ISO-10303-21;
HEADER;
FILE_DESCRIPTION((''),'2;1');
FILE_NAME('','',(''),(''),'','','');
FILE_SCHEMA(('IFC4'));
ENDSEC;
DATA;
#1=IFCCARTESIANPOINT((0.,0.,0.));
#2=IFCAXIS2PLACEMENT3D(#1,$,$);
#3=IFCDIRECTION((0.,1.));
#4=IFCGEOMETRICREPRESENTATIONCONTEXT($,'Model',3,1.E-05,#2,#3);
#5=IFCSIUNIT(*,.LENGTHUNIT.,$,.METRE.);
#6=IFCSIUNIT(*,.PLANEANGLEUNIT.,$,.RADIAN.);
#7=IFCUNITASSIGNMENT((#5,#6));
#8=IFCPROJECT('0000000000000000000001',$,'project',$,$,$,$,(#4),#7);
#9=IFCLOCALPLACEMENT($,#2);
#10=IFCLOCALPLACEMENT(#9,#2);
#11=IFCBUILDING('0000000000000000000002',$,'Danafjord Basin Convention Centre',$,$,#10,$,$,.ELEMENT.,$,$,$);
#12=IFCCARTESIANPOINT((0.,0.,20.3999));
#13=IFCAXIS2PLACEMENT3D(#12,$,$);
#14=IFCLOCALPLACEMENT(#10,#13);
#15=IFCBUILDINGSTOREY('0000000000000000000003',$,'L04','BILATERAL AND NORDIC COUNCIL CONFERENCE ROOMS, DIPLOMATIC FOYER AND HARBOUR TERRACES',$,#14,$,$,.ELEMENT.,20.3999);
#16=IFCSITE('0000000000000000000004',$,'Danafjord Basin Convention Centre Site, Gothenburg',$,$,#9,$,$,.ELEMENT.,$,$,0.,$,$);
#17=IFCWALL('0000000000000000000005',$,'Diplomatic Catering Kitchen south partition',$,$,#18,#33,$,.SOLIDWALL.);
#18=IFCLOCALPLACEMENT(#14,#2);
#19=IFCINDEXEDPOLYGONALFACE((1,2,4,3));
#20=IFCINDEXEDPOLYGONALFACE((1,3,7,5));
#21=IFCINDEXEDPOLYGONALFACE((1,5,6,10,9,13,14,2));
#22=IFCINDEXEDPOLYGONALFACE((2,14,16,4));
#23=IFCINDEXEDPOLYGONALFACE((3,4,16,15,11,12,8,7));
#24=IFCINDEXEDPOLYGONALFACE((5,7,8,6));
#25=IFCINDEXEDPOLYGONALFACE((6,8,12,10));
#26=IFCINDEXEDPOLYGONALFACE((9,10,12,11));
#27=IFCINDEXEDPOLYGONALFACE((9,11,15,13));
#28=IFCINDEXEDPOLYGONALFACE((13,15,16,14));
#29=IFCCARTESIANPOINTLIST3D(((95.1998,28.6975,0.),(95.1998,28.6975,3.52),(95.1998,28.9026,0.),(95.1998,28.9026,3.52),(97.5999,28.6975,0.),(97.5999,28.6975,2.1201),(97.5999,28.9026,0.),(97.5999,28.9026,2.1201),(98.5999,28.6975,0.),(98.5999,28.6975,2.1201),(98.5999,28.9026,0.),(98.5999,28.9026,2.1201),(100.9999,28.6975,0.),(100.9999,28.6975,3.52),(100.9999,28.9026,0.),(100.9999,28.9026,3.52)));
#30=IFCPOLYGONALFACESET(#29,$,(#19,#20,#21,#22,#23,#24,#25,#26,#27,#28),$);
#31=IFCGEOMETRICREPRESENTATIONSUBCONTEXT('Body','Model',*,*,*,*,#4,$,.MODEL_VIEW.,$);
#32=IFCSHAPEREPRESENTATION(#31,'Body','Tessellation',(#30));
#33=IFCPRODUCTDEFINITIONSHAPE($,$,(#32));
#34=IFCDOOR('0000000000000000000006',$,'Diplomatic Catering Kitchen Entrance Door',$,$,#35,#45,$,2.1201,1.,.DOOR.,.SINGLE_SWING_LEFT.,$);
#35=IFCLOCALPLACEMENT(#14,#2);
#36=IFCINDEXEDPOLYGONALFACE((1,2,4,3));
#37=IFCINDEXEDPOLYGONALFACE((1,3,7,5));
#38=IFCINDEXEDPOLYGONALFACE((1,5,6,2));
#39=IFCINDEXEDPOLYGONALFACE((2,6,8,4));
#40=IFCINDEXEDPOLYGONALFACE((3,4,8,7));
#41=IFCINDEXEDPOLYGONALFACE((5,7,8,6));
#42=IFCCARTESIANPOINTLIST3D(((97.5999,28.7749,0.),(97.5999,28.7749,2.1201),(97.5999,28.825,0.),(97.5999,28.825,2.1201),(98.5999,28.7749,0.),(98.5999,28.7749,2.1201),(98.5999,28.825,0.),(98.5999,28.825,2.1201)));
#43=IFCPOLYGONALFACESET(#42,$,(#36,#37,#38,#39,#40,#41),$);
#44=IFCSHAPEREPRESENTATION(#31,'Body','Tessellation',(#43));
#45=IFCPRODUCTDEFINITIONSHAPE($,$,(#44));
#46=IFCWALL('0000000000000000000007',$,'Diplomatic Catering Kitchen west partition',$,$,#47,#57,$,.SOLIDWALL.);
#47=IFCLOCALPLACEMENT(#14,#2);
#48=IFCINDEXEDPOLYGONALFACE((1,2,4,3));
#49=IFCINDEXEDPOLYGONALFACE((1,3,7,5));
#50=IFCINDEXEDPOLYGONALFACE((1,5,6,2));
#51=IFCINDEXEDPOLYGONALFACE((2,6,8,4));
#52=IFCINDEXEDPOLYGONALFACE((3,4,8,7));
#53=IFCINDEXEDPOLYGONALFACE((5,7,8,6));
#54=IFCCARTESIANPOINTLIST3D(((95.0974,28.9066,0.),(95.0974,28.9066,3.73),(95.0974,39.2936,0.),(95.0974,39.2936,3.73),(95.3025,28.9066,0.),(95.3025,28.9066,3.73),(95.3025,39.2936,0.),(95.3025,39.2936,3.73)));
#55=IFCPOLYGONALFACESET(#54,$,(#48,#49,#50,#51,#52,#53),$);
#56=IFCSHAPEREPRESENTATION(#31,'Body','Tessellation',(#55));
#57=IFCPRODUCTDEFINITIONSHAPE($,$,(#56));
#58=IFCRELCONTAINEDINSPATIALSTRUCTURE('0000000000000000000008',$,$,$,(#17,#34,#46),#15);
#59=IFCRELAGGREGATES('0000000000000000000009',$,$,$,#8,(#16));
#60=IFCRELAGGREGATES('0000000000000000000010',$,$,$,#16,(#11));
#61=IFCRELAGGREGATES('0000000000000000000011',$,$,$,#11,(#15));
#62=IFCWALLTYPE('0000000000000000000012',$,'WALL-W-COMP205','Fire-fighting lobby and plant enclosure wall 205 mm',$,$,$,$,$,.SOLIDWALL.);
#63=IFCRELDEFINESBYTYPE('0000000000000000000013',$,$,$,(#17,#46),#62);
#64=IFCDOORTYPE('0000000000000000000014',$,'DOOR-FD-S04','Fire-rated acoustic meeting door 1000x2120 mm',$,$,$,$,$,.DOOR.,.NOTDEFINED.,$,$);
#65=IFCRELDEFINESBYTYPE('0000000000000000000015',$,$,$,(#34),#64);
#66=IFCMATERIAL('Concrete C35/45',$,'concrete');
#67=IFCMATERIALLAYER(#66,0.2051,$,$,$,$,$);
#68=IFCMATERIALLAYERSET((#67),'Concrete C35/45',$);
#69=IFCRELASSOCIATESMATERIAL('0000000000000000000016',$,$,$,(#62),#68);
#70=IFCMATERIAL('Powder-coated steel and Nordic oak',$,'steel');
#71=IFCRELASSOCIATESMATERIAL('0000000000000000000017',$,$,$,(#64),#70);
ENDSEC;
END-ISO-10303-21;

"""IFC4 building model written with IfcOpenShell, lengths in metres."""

from ifc_helpers import new_model, si_unit, direction, frame, frame_2d, origin, place, context, subcontext, project, spatial, rectangle, extrude, material, layer, layer_set, type_object, element, fill, save


model = new_model("IFC4")

# Units and contexts
model_context = context("Model", 3, precision=1e-05, world=origin(), true_north=direction((0.0, 1.0)))
body_context = subcontext(model_context, "Body", "Model", "MODEL_VIEW")
ifc_project = project(units=[si_unit("LENGTHUNIT", "METRE"), si_unit("PLANEANGLEUNIT", "RADIAN")], contexts=[model_context])

# Site, building, storey
site_placement = place(None, origin())
site = spatial("IfcSite", under=ifc_project, at=site_placement, Name="Danafjord Basin Convention Centre Site, Gothenburg", CompositionType="ELEMENT", RefElevation=0.0)
building_placement = place(site_placement, origin())
building = spatial("IfcBuilding", under=site, at=building_placement, Name="Danafjord Basin Convention Centre", CompositionType="ELEMENT")
storey_placement = place(building_placement, frame((0.0, 0.0, 20.3999)))
storey = spatial("IfcBuildingStorey", under=building, at=storey_placement, Name="L04", Description="BILATERAL AND NORDIC COUNCIL CONFERENCE ROOMS, DIPLOMATIC FOYER AND HARBOUR TERRACES", CompositionType="ELEMENT", Elevation=20.3999)

# Shared definitions
ifc_material_1 = material(Name="Powder-coated steel and Nordic oak", Category="steel")

# Wall, opening, door
ifc_material_2 = material(Name="Concrete C35/45", Category="concrete")
ifc_layer_1 = layer(ifc_material_2, 0.2051)
ifc_layer_set_1 = layer_set([ifc_layer_1], Name="Concrete C35/45")
wall_type_1 = type_object("IfcWallType", Name="WALL-W-COMP205", Description="Fire-fighting lobby and plant enclosure wall 205 mm", PredefinedType="SOLIDWALL", material=ifc_layer_set_1)
wall_1_placement = place(storey_placement, frame((95.2, 28.8, 0.0), z_axis=(0.0, 0.0, 1.0), x_axis=(1.0, 0.0, 0.0)))
wall_1 = element("IfcWall", 1, at=wall_1_placement, inside=storey, type_object=wall_type_1, Name="Diplomatic Catering Kitchen south partition", PredefinedType="SOLIDWALL", context=body_context, shape_type="SweptSolid", body=[
    extrude(rectangle(XDim=5.8, YDim=0.2051, at=frame_2d((2.8999, 0.0))), origin(), (0.0, 0.0, 1.0), 3.52),
])
opening_1_placement = place(wall_1_placement, frame((2.3999, 0.0, 0.0)))
opening_1 = element("IfcOpeningElement", 2, at=opening_1_placement, cuts=wall_1, PredefinedType="OPENING", context=body_context, shape_type="SweptSolid", body=[
    extrude(rectangle(XDim=1.0, YDim=2.1201, at=frame_2d((0.5, 1.0601))), frame((0.0, 0.1125, 0.0), z_axis=(0.0, -1.0, 0.0), x_axis=(1.0, 0.0, 0.0)), (0.0, 0.0, 1.0), 0.2251),
])
door_type_1 = type_object("IfcDoorType", Name="DOOR-FD-S04", Description="Fire-rated acoustic meeting door 1000x2120 mm", OperationType="NOTDEFINED", PredefinedType="DOOR", material=ifc_material_1)
door_1_placement = place(opening_1_placement, origin())
door_1 = element("IfcDoor", 3, at=door_1_placement, inside=storey, type_object=door_type_1, Name="Diplomatic Catering Kitchen Entrance Door", OperationType="SINGLE_SWING_LEFT", OverallHeight=2.1201, OverallWidth=1.0, PredefinedType="DOOR", context=body_context, shape_type="SweptSolid", body=[
    extrude(rectangle(XDim=1.0, YDim=2.1201, at=frame_2d((0.5, 1.0601))), frame((0.0, 0.0249, 0.0), z_axis=(0.0, -1.0, 0.0), x_axis=(1.0, 0.0, 0.0)), (0.0, 0.0, 1.0), 0.05),
])
fill(opening_1, door_1)

# Wall
wall_2_placement = place(storey_placement, frame((95.2, 39.2935, 0.0), z_axis=(0.0, 0.0, 1.0), x_axis=(0.0, -1.0, 0.0)))
element("IfcWall", 4, at=wall_2_placement, inside=storey, type_object=wall_type_1, Name="Diplomatic Catering Kitchen west partition", PredefinedType="SOLIDWALL", context=body_context, shape_type="SweptSolid", body=[
    extrude(rectangle(XDim=10.387, YDim=0.2051, at=frame_2d((5.1934, 0.0))), origin(), (0.0, 0.0, 1.0), 3.73),
])

save(model, "model.ifc")
